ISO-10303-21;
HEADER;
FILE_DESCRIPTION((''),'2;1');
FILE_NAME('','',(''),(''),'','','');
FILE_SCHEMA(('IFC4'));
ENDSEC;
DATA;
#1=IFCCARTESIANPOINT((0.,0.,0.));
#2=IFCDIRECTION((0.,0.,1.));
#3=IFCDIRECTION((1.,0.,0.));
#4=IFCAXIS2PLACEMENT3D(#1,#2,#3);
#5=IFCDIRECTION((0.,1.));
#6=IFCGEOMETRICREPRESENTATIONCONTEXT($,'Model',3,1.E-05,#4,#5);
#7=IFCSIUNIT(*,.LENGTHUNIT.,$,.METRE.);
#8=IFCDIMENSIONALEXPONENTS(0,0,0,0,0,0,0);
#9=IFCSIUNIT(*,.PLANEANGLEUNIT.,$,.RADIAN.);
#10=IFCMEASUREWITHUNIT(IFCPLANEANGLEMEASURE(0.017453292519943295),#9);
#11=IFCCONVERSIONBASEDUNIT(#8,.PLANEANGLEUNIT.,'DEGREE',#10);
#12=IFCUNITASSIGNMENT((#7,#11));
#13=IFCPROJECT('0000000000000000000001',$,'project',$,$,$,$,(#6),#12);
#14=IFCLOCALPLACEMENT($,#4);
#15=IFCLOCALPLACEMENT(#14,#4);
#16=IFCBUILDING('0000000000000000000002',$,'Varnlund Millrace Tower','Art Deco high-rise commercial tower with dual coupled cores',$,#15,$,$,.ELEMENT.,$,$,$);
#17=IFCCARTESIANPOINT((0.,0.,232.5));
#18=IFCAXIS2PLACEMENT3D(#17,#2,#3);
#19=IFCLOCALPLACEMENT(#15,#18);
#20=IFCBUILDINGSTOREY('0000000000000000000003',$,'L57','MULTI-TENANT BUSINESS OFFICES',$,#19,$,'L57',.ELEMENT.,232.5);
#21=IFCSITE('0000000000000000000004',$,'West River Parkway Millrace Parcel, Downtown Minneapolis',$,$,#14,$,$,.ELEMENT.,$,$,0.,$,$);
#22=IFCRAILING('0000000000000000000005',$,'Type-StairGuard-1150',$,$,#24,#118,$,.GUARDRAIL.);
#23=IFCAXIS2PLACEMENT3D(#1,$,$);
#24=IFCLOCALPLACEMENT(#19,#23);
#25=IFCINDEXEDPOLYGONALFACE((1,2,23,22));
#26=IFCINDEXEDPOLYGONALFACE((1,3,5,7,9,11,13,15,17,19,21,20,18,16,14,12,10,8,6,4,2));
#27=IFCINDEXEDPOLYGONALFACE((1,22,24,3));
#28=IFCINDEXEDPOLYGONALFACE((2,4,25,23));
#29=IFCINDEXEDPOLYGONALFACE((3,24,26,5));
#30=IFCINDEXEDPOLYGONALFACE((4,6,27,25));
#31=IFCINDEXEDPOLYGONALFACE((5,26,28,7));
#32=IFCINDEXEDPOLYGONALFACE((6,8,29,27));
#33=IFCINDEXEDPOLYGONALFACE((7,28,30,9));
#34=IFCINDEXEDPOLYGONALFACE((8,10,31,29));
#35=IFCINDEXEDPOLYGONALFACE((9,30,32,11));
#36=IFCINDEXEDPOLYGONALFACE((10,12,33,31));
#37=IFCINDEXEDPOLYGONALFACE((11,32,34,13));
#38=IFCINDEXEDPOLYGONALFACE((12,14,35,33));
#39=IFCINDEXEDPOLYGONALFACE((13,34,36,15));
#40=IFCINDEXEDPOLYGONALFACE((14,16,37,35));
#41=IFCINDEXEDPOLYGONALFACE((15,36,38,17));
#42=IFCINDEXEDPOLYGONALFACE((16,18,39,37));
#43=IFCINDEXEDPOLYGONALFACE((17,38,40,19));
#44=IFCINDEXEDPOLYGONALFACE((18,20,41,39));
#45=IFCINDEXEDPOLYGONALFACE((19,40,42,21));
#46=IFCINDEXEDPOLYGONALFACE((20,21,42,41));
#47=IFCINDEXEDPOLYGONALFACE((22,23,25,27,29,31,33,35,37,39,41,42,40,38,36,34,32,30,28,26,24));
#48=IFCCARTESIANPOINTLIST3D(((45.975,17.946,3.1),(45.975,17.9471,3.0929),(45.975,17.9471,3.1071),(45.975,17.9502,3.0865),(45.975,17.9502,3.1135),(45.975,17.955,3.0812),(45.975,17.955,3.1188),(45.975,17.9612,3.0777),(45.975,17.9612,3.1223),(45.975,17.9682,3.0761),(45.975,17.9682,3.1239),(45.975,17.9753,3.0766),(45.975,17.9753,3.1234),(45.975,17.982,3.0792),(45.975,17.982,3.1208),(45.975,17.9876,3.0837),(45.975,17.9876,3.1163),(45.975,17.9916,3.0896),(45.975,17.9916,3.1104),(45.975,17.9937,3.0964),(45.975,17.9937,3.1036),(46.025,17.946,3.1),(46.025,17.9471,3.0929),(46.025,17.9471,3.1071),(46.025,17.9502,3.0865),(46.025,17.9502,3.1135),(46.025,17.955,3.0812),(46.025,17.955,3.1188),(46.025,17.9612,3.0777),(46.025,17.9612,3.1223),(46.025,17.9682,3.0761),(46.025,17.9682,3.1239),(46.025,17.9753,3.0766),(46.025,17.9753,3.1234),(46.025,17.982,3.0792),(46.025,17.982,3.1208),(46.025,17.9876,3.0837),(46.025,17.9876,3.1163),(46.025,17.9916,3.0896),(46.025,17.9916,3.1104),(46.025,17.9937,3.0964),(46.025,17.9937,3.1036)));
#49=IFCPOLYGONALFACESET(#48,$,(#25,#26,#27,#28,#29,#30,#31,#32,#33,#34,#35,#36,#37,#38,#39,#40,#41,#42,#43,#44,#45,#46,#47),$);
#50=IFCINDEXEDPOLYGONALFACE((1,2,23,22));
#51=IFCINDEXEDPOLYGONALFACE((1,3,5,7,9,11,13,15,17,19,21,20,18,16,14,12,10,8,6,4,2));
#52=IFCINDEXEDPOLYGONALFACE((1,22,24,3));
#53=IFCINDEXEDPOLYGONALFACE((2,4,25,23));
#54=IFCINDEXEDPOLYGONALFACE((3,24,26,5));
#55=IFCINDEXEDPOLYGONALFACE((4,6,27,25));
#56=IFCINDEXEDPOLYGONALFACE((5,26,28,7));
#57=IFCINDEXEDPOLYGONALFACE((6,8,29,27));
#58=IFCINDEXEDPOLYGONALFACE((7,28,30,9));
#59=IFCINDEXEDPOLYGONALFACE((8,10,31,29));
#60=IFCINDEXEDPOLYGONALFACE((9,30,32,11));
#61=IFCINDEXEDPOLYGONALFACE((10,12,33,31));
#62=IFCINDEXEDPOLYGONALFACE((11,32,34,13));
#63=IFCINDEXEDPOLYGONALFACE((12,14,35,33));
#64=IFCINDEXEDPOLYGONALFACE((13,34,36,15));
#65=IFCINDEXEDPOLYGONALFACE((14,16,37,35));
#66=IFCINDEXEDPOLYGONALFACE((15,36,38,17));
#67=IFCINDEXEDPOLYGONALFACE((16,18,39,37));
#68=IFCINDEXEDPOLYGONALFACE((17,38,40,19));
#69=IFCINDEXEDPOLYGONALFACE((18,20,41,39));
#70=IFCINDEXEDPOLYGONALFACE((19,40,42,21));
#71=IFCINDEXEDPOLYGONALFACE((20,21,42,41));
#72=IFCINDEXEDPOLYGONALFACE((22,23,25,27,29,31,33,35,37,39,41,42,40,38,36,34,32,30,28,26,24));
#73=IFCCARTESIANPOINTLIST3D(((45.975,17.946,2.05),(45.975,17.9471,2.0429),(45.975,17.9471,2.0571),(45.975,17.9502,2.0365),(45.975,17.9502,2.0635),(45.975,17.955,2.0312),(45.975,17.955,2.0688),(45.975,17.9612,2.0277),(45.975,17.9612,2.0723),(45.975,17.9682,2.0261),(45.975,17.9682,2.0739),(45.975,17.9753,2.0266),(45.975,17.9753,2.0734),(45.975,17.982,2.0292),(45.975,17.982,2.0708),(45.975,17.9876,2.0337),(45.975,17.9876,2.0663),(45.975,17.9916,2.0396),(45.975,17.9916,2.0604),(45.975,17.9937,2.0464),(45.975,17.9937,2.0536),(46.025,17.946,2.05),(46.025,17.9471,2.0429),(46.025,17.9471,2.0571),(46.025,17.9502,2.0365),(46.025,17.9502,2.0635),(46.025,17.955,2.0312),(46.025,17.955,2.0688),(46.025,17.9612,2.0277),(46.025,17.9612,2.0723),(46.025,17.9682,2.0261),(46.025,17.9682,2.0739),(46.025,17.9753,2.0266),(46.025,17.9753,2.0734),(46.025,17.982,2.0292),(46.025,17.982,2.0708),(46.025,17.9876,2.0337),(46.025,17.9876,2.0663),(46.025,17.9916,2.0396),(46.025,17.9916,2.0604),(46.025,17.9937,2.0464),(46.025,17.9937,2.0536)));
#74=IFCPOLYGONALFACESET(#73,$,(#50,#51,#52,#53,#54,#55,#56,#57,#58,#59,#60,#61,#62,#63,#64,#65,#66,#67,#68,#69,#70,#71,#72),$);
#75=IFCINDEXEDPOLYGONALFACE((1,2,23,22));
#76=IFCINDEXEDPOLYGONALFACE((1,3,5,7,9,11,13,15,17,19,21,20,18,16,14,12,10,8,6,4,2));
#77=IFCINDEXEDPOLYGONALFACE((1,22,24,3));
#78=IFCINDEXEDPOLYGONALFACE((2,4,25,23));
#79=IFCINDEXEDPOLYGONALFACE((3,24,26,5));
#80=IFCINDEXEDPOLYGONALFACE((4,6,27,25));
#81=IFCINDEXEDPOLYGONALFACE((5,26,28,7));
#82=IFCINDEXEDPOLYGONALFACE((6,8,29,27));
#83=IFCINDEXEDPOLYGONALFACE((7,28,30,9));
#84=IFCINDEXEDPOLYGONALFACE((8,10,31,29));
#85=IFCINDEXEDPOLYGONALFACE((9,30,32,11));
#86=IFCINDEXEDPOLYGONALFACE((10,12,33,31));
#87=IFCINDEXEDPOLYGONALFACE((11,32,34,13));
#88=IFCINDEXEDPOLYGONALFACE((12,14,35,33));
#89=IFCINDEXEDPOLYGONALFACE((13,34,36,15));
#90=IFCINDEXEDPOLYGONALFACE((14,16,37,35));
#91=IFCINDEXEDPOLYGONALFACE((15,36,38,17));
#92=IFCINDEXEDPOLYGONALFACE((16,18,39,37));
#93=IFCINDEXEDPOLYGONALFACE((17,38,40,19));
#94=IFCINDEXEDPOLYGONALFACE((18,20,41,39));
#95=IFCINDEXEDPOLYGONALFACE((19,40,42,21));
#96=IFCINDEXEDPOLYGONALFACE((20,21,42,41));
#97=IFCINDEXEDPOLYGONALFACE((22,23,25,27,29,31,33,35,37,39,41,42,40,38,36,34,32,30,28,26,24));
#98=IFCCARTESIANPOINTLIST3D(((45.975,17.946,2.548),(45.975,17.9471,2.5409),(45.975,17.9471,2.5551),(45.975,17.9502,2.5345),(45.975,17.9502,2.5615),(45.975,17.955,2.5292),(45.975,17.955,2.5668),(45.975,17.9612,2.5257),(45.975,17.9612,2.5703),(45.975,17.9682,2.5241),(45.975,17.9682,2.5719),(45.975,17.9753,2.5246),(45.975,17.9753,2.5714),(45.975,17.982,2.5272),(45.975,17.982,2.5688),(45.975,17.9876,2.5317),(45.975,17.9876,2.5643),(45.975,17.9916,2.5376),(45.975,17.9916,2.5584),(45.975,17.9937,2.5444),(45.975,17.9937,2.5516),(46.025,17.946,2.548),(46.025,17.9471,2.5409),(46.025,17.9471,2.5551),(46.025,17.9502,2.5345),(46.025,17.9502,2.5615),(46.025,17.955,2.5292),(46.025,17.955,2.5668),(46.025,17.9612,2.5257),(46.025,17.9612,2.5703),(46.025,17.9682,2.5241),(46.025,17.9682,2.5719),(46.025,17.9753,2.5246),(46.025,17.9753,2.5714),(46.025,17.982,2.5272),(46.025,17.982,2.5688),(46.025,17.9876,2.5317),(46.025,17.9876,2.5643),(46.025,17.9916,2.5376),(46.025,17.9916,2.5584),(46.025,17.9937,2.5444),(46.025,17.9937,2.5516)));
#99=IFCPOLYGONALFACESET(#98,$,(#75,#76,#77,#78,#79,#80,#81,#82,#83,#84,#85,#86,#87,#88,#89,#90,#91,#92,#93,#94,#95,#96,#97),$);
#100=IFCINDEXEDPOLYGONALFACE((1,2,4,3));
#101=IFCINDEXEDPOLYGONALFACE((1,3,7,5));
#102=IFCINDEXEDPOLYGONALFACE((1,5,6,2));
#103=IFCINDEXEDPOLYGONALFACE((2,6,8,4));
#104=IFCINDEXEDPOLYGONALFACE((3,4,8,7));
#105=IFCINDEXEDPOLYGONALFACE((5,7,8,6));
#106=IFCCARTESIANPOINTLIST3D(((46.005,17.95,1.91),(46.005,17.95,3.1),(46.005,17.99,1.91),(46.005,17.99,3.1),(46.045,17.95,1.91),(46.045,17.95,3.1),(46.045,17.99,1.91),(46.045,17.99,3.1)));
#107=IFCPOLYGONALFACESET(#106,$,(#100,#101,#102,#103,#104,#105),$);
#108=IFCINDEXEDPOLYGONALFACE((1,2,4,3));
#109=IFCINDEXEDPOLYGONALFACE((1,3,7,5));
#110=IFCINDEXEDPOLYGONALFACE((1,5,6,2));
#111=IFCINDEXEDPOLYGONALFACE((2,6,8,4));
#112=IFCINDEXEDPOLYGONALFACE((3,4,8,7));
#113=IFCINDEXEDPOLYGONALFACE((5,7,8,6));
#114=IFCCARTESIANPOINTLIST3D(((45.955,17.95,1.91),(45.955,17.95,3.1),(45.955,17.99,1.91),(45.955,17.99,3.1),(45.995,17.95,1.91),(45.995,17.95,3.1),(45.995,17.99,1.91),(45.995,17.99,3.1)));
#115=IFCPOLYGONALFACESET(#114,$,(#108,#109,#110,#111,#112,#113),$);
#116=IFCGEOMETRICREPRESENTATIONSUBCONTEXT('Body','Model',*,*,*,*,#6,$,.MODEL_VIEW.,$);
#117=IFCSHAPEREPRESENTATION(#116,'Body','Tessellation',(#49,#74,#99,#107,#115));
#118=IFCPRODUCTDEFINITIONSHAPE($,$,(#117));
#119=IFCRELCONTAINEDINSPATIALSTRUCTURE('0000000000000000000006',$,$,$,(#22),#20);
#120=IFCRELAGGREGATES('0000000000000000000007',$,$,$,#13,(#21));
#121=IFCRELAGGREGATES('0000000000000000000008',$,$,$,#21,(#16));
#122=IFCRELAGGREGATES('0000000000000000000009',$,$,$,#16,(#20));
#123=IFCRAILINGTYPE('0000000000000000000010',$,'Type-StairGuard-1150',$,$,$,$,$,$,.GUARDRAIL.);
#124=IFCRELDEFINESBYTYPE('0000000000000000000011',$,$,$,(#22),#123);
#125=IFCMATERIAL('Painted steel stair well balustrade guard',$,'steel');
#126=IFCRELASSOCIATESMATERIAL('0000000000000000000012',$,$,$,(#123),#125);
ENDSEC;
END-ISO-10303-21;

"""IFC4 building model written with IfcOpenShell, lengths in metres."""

from ifc_helpers import new_model, entity, si_unit, converted_unit, direction, frame, origin_with_axes, origin_2d_with_axis, place, context, subcontext, project, spatial, rectangle, circle, extrude, material, type_object, element, save


model = new_model("IFC4")

# Units and contexts
model_context = context("Model", 3, precision=1e-05, world=origin_with_axes(), true_north=direction((0.0, 1.0)))
body_context = subcontext(model_context, "Body", "Model", "MODEL_VIEW")
ifc_project = project(units=[si_unit("LENGTHUNIT", "METRE"), converted_unit("PLANEANGLEUNIT", "DEGREE", entity("IfcPlaneAngleMeasure", 0.017453292519943295), si_unit("PLANEANGLEUNIT", "RADIAN"), dimensions=[0, 0, 0, 0, 0, 0, 0])], contexts=[model_context])

# Site, building, storey
site_placement = place(None, origin_with_axes())
site = spatial("IfcSite", under=ifc_project, at=site_placement, Name="West River Parkway Millrace Parcel, Downtown Minneapolis", CompositionType="ELEMENT", RefElevation=0.0)
building_placement = place(site_placement, origin_with_axes())
building = spatial("IfcBuilding", under=site, at=building_placement, Name="Varnlund Millrace Tower", Description="Art Deco high-rise commercial tower with dual coupled cores", CompositionType="ELEMENT")
storey_placement = place(building_placement, frame((0.0, 0.0, 232.5), z_axis=(0.0, 0.0, 1.0), x_axis=(1.0, 0.0, 0.0)))
storey = spatial("IfcBuildingStorey", under=building, at=storey_placement, Name="L57", Description="MULTI-TENANT BUSINESS OFFICES", LongName="L57", CompositionType="ELEMENT", Elevation=232.5)

# Railing
ifc_material_1 = material(Name="Painted steel stair well balustrade guard", Category="steel")
railing_type_1 = type_object("IfcRailingType", Name="Type-StairGuard-1150", PredefinedType="GUARDRAIL", material=ifc_material_1)
railing_1_placement = place(storey_placement, frame((0.0, 0.0, -232.5), z_axis=(0.0, 0.0, 1.0), x_axis=(1.0, 0.0, 0.0)))
element("IfcRailing", 1, at=railing_1_placement, inside=storey, type_object=railing_type_1, Name="Type-StairGuard-1150", PredefinedType="GUARDRAIL", context=body_context, shape_type="SweptSolid", body=[
    extrude(circle(Radius=0.024, at=origin_2d_with_axis()), frame((46.025, 17.97, 235.6), z_axis=(-1.0, 0.0, 0.0), x_axis=(0.0, -1.0, 0.0)), (0.0, 0.0, 1.0), 0.05),
    extrude(circle(Radius=0.024, at=origin_2d_with_axis()), frame((46.025, 17.97, 234.55), z_axis=(-1.0, 0.0, 0.0), x_axis=(0.0, -1.0, 0.0)), (0.0, 0.0, 1.0), 0.05),
    extrude(circle(Radius=0.024, at=origin_2d_with_axis()), frame((46.025, 17.97, 235.048), z_axis=(-1.0, 0.0, 0.0), x_axis=(0.0, -1.0, 0.0)), (0.0, 0.0, 1.0), 0.05),
    extrude(rectangle(XDim=0.04, YDim=0.04, at=origin_2d_with_axis()), frame((46.025, 17.97, 234.41), z_axis=(0.0, 0.0, 1.0), x_axis=(1.0, 0.0, 0.0)), (0.0, 0.0, 1.0), 1.19),
    extrude(rectangle(XDim=0.04, YDim=0.04, at=origin_2d_with_axis()), frame((45.975, 17.97, 234.41), z_axis=(0.0, 0.0, 1.0), x_axis=(1.0, 0.0, 0.0)), (0.0, 0.0, 1.0), 1.19),
])

save(model, "model.ifc")
